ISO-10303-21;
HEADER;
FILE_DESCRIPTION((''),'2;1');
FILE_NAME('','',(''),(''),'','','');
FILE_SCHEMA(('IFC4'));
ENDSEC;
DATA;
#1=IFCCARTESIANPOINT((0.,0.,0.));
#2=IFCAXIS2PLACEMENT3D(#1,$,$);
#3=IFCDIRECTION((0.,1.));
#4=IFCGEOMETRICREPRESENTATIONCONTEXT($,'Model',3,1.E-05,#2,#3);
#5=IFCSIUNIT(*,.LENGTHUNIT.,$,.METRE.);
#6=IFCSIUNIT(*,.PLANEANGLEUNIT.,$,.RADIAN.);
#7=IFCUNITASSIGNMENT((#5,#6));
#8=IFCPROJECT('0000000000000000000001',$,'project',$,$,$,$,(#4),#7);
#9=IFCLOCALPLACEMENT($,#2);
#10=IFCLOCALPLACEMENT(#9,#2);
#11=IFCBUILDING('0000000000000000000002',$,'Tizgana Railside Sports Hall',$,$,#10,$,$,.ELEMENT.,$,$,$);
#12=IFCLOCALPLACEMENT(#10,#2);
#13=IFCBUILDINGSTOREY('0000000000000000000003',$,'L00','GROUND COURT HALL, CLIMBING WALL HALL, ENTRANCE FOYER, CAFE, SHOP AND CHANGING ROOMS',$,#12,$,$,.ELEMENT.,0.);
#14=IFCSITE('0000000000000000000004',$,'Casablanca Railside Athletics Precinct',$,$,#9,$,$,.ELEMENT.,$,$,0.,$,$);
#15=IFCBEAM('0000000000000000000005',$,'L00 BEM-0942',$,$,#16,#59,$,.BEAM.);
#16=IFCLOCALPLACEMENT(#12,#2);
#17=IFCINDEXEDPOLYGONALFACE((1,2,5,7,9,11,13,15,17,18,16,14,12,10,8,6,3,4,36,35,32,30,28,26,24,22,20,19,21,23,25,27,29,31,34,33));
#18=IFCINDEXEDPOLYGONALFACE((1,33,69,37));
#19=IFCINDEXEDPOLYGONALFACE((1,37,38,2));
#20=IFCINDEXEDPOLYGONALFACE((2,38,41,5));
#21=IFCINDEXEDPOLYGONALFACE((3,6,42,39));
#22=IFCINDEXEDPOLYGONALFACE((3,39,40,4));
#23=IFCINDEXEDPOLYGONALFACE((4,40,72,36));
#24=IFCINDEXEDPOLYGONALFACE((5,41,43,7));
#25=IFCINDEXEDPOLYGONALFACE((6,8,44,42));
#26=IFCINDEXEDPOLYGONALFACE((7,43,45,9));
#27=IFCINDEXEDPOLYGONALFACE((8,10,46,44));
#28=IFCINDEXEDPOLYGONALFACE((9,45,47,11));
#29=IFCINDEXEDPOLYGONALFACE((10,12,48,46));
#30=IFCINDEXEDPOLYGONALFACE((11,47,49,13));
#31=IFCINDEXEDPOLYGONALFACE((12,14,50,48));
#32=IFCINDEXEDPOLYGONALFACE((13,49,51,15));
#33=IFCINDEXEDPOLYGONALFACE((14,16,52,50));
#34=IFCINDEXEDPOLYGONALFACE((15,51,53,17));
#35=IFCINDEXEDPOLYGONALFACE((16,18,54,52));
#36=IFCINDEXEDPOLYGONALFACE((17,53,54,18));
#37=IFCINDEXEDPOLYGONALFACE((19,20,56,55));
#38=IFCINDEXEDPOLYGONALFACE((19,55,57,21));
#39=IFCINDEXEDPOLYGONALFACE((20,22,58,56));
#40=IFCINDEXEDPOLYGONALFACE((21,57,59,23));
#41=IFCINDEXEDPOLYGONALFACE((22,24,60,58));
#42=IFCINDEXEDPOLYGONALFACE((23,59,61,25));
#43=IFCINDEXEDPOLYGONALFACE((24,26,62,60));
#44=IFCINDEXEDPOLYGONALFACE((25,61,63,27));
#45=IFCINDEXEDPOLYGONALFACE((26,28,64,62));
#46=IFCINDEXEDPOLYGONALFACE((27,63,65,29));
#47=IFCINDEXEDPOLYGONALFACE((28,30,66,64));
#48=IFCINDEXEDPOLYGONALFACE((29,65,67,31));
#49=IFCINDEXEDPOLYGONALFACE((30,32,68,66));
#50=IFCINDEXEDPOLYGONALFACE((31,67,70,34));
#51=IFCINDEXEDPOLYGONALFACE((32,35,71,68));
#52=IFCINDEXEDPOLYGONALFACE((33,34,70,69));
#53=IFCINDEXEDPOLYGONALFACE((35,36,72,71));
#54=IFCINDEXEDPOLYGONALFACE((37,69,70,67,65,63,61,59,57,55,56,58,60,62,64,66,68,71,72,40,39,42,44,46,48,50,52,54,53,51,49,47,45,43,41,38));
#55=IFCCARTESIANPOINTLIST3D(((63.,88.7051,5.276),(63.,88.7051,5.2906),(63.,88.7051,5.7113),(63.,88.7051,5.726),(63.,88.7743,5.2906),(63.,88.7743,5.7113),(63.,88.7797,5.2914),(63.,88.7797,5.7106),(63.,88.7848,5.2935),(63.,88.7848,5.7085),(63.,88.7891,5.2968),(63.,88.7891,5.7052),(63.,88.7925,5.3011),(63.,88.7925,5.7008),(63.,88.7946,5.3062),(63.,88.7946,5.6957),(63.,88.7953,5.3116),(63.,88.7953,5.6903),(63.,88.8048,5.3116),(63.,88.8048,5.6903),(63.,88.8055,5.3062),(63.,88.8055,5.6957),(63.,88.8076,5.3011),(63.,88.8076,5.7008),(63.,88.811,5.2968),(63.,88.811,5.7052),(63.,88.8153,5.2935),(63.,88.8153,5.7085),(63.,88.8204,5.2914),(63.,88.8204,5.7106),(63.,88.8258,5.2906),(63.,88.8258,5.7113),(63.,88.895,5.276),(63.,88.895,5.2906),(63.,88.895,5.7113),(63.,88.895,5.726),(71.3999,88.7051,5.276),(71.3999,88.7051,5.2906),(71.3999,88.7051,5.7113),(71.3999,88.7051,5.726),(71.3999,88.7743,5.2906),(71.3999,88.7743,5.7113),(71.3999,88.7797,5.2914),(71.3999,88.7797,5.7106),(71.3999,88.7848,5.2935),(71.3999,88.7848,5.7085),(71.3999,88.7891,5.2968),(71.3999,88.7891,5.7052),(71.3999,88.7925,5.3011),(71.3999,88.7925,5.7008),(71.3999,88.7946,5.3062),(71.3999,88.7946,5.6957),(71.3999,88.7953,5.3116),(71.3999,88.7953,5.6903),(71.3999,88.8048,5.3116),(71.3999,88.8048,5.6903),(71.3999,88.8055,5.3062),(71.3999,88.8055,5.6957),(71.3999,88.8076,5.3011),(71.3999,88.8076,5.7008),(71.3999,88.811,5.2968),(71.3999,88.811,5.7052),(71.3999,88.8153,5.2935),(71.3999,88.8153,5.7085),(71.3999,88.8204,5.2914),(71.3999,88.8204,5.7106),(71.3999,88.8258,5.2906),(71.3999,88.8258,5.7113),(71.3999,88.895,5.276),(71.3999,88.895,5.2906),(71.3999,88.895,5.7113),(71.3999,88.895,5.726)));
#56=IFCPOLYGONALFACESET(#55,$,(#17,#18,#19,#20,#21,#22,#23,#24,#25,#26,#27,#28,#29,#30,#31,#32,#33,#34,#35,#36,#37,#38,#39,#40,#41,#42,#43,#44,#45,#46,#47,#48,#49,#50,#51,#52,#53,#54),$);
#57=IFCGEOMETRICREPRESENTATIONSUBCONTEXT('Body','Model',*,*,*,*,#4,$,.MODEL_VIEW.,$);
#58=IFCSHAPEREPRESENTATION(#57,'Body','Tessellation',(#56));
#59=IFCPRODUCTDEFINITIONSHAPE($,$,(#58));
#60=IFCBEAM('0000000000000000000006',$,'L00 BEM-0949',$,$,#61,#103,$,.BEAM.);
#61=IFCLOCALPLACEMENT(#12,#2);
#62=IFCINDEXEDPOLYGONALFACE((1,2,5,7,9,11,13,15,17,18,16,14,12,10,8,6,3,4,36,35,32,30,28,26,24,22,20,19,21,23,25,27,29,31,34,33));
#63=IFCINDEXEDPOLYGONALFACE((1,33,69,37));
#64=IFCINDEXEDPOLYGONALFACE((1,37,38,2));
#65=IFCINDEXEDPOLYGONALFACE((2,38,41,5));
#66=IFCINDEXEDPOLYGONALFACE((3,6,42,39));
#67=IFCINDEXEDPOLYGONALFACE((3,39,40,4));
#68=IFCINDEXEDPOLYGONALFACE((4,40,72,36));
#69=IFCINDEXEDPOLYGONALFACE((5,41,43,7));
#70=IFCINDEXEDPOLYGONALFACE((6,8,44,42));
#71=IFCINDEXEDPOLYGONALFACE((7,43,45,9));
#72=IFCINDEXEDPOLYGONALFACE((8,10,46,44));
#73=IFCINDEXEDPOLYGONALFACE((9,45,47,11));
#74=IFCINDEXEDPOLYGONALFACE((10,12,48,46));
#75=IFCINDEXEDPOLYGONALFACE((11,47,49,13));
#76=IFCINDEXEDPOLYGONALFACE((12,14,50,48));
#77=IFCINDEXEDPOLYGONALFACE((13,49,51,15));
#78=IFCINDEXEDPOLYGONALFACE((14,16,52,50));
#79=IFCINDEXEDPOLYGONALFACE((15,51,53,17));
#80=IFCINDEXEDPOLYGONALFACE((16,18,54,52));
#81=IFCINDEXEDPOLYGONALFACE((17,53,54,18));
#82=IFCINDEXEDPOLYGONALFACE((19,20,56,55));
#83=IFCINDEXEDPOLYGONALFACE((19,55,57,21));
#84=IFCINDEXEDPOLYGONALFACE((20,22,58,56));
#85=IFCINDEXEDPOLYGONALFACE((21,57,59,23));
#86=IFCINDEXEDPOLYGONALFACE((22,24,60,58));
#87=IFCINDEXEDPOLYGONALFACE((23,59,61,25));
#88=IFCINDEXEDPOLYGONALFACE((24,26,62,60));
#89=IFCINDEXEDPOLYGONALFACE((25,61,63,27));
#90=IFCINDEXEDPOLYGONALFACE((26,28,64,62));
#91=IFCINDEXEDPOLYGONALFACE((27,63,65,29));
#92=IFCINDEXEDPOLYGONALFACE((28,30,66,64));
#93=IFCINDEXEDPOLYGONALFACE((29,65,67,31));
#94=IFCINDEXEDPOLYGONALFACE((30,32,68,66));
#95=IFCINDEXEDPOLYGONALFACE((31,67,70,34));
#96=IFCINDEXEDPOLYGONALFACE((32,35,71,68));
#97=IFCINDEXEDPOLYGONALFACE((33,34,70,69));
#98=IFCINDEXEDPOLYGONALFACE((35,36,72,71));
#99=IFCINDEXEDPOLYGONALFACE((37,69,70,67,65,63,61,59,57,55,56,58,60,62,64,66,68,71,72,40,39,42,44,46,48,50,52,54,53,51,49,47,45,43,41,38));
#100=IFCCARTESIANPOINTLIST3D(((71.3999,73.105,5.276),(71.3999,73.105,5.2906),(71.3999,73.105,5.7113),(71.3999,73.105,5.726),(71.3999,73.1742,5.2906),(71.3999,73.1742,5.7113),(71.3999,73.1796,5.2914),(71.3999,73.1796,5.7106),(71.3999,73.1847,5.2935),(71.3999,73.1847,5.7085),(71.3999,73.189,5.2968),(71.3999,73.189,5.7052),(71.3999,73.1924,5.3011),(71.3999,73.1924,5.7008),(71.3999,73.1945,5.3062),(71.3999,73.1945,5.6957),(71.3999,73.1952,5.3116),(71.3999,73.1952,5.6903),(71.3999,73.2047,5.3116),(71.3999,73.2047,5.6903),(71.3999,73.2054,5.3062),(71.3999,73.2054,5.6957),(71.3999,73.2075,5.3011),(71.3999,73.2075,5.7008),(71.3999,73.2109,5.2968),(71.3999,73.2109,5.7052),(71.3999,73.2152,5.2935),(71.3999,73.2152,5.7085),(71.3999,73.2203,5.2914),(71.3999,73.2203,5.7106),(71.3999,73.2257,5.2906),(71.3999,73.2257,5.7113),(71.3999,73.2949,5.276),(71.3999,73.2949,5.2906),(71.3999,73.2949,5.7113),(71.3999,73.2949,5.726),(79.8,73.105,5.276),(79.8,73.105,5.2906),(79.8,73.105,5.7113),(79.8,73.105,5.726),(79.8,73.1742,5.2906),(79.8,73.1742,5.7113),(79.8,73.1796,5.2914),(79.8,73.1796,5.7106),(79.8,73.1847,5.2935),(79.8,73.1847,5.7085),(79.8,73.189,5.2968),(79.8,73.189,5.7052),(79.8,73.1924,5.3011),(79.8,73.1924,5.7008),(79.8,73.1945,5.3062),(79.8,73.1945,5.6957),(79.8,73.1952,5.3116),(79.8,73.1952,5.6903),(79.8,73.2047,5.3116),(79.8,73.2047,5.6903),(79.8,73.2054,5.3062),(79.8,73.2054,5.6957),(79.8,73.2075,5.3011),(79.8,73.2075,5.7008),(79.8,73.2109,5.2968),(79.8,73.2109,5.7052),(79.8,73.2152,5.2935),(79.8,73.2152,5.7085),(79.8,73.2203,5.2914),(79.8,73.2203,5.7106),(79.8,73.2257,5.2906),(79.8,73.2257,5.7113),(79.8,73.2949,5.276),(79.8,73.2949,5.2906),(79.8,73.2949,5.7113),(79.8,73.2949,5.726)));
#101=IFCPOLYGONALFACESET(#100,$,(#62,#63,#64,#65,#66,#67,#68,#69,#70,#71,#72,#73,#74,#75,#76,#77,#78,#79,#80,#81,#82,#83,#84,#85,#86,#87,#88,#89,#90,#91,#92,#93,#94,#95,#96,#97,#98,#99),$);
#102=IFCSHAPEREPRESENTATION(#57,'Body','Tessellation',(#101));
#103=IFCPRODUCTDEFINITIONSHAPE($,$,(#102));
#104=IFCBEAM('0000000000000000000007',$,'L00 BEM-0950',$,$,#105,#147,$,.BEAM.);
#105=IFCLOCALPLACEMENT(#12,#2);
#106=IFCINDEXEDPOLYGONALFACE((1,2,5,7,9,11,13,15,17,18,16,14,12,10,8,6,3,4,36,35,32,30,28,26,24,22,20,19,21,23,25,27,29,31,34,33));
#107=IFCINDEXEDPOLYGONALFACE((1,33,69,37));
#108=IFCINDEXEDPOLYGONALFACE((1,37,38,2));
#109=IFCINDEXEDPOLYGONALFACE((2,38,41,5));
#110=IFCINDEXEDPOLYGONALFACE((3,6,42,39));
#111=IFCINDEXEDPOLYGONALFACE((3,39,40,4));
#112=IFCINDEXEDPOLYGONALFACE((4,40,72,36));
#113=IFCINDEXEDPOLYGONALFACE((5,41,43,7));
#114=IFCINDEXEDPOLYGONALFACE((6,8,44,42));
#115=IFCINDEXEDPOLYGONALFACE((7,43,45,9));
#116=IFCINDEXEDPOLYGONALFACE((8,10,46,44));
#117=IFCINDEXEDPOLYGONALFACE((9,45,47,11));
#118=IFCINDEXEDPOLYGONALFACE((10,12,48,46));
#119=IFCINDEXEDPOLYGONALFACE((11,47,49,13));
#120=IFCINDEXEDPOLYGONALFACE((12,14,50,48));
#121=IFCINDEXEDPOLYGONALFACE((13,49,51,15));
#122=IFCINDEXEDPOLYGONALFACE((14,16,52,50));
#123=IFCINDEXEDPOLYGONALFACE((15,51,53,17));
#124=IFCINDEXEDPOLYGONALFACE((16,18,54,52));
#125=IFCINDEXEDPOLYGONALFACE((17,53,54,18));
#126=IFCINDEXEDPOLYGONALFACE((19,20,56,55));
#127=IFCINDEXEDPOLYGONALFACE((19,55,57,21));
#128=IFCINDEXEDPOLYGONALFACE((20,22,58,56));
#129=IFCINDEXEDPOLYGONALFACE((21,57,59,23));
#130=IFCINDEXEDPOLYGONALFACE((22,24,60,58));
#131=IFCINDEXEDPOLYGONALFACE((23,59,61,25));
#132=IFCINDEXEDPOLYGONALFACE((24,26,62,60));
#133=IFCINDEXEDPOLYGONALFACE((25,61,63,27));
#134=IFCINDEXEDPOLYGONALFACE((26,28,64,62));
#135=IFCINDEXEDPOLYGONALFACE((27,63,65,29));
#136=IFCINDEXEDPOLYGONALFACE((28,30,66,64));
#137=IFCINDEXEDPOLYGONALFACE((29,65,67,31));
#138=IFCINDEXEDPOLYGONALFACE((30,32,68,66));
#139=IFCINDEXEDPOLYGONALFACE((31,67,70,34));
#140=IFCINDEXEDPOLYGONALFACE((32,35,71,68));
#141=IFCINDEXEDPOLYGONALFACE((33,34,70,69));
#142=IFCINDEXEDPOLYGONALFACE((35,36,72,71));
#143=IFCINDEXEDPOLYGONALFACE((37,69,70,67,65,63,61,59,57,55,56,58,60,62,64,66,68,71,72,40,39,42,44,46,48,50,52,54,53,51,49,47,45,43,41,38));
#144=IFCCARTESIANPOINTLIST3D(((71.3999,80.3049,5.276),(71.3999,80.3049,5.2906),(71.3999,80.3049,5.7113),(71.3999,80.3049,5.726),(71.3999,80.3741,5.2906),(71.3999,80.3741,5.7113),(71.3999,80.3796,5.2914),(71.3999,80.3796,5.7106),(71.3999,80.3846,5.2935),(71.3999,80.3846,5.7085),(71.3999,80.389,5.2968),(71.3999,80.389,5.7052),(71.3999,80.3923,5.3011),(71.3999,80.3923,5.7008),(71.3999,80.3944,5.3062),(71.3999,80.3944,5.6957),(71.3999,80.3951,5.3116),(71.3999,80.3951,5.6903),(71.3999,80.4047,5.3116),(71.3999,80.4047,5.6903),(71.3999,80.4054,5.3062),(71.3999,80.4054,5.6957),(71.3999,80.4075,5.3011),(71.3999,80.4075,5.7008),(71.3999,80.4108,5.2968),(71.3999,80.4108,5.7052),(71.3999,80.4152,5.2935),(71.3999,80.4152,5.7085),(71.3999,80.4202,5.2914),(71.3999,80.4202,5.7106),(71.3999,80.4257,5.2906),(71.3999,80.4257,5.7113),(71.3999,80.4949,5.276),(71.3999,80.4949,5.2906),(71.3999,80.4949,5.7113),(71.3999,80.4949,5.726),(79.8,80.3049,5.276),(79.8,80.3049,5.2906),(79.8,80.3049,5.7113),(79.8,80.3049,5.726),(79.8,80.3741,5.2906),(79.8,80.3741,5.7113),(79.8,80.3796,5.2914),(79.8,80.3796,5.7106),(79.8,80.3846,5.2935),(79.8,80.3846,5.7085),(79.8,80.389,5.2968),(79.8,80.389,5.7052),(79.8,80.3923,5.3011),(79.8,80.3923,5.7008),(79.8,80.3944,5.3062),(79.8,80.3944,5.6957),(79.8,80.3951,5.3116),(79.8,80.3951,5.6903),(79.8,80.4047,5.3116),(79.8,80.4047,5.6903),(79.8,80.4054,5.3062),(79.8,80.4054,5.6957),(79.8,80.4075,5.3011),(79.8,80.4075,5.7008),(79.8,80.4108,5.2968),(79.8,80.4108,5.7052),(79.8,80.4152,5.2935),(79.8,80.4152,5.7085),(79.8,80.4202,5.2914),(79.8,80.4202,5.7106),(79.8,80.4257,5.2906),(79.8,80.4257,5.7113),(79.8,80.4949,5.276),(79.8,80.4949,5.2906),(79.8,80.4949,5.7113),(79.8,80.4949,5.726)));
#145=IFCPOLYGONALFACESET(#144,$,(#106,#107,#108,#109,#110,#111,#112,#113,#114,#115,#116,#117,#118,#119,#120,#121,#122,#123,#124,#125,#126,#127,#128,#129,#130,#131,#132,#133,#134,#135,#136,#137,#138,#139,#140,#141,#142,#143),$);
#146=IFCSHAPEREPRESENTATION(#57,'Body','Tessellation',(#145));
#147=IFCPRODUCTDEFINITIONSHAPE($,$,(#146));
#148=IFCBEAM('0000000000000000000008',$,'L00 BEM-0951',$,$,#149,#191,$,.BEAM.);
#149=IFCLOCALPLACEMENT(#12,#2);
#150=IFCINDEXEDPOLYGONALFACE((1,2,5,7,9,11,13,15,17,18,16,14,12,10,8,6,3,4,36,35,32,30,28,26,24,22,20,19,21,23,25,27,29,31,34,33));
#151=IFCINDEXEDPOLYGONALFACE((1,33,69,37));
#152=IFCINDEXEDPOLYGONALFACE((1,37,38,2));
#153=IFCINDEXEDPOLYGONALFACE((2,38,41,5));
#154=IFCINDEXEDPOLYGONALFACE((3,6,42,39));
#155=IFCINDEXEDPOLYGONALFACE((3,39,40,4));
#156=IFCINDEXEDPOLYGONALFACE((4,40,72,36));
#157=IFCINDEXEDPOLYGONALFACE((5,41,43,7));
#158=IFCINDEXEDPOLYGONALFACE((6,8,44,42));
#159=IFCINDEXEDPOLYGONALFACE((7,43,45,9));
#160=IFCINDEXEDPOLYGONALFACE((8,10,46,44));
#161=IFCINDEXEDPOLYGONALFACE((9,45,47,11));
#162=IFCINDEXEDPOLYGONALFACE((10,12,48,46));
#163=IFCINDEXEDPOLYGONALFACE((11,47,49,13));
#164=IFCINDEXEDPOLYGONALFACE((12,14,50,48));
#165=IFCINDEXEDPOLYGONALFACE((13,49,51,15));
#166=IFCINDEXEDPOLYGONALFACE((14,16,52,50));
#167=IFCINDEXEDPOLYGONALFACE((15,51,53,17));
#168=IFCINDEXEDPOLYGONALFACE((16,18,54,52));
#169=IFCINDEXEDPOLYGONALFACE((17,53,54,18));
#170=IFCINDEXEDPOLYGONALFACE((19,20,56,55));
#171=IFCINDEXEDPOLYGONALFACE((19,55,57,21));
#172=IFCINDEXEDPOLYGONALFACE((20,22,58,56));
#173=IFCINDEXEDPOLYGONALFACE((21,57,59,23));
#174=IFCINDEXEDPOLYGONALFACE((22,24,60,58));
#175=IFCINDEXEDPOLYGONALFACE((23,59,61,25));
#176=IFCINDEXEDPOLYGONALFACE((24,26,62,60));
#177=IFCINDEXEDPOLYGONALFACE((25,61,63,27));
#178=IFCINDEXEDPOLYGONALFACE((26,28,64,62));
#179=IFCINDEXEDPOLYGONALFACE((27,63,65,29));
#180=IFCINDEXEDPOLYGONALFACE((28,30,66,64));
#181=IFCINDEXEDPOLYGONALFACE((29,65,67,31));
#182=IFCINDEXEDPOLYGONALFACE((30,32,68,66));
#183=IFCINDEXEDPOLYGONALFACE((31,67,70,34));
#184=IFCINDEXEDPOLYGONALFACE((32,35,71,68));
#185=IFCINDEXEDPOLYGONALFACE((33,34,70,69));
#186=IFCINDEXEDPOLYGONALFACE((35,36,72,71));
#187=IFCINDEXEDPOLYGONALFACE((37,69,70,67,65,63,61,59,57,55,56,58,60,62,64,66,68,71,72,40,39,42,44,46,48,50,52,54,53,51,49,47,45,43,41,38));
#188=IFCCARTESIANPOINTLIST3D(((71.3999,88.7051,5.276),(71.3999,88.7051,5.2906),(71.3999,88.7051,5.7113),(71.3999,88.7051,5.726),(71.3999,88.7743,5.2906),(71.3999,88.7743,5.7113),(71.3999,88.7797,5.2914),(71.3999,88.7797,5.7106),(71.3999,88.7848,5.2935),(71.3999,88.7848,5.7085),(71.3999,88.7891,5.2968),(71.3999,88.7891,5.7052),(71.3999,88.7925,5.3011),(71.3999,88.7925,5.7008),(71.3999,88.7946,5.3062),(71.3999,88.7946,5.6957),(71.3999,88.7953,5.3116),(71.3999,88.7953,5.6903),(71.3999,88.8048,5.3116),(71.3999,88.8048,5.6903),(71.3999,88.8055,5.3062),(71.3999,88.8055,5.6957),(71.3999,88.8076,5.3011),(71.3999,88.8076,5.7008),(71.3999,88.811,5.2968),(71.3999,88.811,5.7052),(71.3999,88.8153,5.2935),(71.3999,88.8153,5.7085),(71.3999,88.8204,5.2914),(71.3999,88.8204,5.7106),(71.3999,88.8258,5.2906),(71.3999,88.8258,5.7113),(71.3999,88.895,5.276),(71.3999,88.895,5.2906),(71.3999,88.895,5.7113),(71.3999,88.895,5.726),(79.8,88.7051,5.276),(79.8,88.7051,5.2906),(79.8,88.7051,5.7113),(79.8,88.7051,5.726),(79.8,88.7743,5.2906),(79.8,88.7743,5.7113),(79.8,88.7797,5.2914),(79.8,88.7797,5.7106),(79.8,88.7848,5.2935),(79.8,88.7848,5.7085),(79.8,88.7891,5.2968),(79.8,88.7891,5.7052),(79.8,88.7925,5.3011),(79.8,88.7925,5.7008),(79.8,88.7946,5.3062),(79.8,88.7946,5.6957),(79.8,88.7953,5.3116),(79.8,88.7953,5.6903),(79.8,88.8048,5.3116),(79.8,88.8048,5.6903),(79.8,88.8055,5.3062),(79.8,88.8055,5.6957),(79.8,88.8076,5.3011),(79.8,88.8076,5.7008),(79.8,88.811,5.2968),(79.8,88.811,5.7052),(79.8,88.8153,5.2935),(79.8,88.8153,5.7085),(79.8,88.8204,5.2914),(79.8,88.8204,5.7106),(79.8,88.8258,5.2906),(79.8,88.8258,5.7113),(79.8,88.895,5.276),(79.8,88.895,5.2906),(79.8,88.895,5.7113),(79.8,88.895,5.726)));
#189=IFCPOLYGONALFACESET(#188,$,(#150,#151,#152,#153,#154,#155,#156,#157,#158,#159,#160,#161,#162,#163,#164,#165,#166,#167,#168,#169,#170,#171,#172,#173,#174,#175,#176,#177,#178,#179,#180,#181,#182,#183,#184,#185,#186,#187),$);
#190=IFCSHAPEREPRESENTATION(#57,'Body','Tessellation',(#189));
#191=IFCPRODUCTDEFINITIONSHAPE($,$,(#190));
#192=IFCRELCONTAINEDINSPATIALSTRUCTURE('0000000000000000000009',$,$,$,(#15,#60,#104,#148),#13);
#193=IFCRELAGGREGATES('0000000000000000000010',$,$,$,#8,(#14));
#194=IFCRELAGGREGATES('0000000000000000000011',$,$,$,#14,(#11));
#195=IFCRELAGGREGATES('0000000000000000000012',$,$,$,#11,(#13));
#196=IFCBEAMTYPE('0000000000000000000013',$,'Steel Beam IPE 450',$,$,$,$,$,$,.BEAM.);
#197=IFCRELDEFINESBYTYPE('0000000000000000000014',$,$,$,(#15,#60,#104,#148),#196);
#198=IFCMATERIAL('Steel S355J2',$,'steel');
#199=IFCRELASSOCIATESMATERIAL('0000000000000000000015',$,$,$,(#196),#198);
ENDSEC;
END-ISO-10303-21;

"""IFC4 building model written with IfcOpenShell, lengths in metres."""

from ifc_helpers import new_model, si_unit, direction, frame, origin, origin_2d, place, context, subcontext, project, spatial, i_section, extrude, material, material_profile, profile_set, type_object, element, save


model = new_model("IFC4")

# Units and contexts
model_context = context("Model", 3, precision=1e-05, world=origin(), true_north=direction((0.0, 1.0)))
body_context = subcontext(model_context, "Body", "Model", "MODEL_VIEW")
ifc_project = project(units=[si_unit("LENGTHUNIT", "METRE"), si_unit("PLANEANGLEUNIT", "RADIAN")], contexts=[model_context])

# Site, building, storey
site_placement = place(None, origin())
site = spatial("IfcSite", under=ifc_project, at=site_placement, Name="Casablanca Railside Athletics Precinct", CompositionType="ELEMENT", RefElevation=0.0)
building_placement = place(site_placement, origin())
building = spatial("IfcBuilding", under=site, at=building_placement, Name="Tizgana Railside Sports Hall", CompositionType="ELEMENT")
storey_placement = place(building_placement, origin())
storey = spatial("IfcBuildingStorey", under=building, at=storey_placement, Name="L00", Description="GROUND COURT HALL, CLIMBING WALL HALL, ENTRANCE FOYER, CAFE, SHOP AND CHANGING ROOMS", CompositionType="ELEMENT", Elevation=0.0)

# Shared definitions
ifc_material_1 = material(Name="Steel S355J2", Category="steel")

# Beams
ifc_material_profile_1 = material_profile(ifc_material_1, i_section(OverallWidth=0.1899, OverallDepth=0.45, WebThickness=0.0095, FlangeThickness=0.0146, FilletRadius=0.021, at=origin_2d()), Name="IPE 450")
ifc_profile_set_1 = profile_set([ifc_material_profile_1], Name="Steel S355J2")
beam_type_1 = type_object("IfcBeamType", Name="Steel Beam IPE 450", PredefinedType="BEAM", material=ifc_profile_set_1)
for number, where, z_axis, x_axis, name in (
    (1, (63.0, 88.8, 5.501), (1.0, 0.0, 0.0), (0.0, 1.0, 0.0), "L00 BEM-0942"),
):
    element("IfcBeam", number, at=place(storey_placement, frame(where, z_axis=z_axis, x_axis=x_axis)), inside=storey, type_object=beam_type_1, Name=name, PredefinedType="BEAM", context=body_context, shape_type="SweptSolid", body=[
        extrude(i_section(OverallWidth=0.1899, OverallDepth=0.45, WebThickness=0.0095, FlangeThickness=0.0146, FilletRadius=0.021, at=origin_2d()), origin(), (0.0, 0.0, 1.0), 8.3999),
    ])
for number, where, z_axis, x_axis, name in (
    (2, (71.3999, 73.2, 5.501), (1.0, 0.0, 0.0), (0.0, 1.0, 0.0), "L00 BEM-0949"),
    (3, (71.3999, 80.3999, 5.501), (1.0, 0.0, 0.0), (0.0, 1.0, 0.0), "L00 BEM-0950"),
    (4, (71.3999, 88.8, 5.501), (1.0, 0.0, 0.0), (0.0, 1.0, 0.0), "L00 BEM-0951"),
):
    element("IfcBeam", number, at=place(storey_placement, frame(where, z_axis=z_axis, x_axis=x_axis)), inside=storey, type_object=beam_type_1, Name=name, PredefinedType="BEAM", context=body_context, shape_type="SweptSolid", body=[
        extrude(i_section(OverallWidth=0.1899, OverallDepth=0.45, WebThickness=0.0095, FlangeThickness=0.0146, FilletRadius=0.021, at=origin_2d()), origin(), (0.0, 0.0, 1.0), 8.4001),
    ])

save(model, "model.ifc")
